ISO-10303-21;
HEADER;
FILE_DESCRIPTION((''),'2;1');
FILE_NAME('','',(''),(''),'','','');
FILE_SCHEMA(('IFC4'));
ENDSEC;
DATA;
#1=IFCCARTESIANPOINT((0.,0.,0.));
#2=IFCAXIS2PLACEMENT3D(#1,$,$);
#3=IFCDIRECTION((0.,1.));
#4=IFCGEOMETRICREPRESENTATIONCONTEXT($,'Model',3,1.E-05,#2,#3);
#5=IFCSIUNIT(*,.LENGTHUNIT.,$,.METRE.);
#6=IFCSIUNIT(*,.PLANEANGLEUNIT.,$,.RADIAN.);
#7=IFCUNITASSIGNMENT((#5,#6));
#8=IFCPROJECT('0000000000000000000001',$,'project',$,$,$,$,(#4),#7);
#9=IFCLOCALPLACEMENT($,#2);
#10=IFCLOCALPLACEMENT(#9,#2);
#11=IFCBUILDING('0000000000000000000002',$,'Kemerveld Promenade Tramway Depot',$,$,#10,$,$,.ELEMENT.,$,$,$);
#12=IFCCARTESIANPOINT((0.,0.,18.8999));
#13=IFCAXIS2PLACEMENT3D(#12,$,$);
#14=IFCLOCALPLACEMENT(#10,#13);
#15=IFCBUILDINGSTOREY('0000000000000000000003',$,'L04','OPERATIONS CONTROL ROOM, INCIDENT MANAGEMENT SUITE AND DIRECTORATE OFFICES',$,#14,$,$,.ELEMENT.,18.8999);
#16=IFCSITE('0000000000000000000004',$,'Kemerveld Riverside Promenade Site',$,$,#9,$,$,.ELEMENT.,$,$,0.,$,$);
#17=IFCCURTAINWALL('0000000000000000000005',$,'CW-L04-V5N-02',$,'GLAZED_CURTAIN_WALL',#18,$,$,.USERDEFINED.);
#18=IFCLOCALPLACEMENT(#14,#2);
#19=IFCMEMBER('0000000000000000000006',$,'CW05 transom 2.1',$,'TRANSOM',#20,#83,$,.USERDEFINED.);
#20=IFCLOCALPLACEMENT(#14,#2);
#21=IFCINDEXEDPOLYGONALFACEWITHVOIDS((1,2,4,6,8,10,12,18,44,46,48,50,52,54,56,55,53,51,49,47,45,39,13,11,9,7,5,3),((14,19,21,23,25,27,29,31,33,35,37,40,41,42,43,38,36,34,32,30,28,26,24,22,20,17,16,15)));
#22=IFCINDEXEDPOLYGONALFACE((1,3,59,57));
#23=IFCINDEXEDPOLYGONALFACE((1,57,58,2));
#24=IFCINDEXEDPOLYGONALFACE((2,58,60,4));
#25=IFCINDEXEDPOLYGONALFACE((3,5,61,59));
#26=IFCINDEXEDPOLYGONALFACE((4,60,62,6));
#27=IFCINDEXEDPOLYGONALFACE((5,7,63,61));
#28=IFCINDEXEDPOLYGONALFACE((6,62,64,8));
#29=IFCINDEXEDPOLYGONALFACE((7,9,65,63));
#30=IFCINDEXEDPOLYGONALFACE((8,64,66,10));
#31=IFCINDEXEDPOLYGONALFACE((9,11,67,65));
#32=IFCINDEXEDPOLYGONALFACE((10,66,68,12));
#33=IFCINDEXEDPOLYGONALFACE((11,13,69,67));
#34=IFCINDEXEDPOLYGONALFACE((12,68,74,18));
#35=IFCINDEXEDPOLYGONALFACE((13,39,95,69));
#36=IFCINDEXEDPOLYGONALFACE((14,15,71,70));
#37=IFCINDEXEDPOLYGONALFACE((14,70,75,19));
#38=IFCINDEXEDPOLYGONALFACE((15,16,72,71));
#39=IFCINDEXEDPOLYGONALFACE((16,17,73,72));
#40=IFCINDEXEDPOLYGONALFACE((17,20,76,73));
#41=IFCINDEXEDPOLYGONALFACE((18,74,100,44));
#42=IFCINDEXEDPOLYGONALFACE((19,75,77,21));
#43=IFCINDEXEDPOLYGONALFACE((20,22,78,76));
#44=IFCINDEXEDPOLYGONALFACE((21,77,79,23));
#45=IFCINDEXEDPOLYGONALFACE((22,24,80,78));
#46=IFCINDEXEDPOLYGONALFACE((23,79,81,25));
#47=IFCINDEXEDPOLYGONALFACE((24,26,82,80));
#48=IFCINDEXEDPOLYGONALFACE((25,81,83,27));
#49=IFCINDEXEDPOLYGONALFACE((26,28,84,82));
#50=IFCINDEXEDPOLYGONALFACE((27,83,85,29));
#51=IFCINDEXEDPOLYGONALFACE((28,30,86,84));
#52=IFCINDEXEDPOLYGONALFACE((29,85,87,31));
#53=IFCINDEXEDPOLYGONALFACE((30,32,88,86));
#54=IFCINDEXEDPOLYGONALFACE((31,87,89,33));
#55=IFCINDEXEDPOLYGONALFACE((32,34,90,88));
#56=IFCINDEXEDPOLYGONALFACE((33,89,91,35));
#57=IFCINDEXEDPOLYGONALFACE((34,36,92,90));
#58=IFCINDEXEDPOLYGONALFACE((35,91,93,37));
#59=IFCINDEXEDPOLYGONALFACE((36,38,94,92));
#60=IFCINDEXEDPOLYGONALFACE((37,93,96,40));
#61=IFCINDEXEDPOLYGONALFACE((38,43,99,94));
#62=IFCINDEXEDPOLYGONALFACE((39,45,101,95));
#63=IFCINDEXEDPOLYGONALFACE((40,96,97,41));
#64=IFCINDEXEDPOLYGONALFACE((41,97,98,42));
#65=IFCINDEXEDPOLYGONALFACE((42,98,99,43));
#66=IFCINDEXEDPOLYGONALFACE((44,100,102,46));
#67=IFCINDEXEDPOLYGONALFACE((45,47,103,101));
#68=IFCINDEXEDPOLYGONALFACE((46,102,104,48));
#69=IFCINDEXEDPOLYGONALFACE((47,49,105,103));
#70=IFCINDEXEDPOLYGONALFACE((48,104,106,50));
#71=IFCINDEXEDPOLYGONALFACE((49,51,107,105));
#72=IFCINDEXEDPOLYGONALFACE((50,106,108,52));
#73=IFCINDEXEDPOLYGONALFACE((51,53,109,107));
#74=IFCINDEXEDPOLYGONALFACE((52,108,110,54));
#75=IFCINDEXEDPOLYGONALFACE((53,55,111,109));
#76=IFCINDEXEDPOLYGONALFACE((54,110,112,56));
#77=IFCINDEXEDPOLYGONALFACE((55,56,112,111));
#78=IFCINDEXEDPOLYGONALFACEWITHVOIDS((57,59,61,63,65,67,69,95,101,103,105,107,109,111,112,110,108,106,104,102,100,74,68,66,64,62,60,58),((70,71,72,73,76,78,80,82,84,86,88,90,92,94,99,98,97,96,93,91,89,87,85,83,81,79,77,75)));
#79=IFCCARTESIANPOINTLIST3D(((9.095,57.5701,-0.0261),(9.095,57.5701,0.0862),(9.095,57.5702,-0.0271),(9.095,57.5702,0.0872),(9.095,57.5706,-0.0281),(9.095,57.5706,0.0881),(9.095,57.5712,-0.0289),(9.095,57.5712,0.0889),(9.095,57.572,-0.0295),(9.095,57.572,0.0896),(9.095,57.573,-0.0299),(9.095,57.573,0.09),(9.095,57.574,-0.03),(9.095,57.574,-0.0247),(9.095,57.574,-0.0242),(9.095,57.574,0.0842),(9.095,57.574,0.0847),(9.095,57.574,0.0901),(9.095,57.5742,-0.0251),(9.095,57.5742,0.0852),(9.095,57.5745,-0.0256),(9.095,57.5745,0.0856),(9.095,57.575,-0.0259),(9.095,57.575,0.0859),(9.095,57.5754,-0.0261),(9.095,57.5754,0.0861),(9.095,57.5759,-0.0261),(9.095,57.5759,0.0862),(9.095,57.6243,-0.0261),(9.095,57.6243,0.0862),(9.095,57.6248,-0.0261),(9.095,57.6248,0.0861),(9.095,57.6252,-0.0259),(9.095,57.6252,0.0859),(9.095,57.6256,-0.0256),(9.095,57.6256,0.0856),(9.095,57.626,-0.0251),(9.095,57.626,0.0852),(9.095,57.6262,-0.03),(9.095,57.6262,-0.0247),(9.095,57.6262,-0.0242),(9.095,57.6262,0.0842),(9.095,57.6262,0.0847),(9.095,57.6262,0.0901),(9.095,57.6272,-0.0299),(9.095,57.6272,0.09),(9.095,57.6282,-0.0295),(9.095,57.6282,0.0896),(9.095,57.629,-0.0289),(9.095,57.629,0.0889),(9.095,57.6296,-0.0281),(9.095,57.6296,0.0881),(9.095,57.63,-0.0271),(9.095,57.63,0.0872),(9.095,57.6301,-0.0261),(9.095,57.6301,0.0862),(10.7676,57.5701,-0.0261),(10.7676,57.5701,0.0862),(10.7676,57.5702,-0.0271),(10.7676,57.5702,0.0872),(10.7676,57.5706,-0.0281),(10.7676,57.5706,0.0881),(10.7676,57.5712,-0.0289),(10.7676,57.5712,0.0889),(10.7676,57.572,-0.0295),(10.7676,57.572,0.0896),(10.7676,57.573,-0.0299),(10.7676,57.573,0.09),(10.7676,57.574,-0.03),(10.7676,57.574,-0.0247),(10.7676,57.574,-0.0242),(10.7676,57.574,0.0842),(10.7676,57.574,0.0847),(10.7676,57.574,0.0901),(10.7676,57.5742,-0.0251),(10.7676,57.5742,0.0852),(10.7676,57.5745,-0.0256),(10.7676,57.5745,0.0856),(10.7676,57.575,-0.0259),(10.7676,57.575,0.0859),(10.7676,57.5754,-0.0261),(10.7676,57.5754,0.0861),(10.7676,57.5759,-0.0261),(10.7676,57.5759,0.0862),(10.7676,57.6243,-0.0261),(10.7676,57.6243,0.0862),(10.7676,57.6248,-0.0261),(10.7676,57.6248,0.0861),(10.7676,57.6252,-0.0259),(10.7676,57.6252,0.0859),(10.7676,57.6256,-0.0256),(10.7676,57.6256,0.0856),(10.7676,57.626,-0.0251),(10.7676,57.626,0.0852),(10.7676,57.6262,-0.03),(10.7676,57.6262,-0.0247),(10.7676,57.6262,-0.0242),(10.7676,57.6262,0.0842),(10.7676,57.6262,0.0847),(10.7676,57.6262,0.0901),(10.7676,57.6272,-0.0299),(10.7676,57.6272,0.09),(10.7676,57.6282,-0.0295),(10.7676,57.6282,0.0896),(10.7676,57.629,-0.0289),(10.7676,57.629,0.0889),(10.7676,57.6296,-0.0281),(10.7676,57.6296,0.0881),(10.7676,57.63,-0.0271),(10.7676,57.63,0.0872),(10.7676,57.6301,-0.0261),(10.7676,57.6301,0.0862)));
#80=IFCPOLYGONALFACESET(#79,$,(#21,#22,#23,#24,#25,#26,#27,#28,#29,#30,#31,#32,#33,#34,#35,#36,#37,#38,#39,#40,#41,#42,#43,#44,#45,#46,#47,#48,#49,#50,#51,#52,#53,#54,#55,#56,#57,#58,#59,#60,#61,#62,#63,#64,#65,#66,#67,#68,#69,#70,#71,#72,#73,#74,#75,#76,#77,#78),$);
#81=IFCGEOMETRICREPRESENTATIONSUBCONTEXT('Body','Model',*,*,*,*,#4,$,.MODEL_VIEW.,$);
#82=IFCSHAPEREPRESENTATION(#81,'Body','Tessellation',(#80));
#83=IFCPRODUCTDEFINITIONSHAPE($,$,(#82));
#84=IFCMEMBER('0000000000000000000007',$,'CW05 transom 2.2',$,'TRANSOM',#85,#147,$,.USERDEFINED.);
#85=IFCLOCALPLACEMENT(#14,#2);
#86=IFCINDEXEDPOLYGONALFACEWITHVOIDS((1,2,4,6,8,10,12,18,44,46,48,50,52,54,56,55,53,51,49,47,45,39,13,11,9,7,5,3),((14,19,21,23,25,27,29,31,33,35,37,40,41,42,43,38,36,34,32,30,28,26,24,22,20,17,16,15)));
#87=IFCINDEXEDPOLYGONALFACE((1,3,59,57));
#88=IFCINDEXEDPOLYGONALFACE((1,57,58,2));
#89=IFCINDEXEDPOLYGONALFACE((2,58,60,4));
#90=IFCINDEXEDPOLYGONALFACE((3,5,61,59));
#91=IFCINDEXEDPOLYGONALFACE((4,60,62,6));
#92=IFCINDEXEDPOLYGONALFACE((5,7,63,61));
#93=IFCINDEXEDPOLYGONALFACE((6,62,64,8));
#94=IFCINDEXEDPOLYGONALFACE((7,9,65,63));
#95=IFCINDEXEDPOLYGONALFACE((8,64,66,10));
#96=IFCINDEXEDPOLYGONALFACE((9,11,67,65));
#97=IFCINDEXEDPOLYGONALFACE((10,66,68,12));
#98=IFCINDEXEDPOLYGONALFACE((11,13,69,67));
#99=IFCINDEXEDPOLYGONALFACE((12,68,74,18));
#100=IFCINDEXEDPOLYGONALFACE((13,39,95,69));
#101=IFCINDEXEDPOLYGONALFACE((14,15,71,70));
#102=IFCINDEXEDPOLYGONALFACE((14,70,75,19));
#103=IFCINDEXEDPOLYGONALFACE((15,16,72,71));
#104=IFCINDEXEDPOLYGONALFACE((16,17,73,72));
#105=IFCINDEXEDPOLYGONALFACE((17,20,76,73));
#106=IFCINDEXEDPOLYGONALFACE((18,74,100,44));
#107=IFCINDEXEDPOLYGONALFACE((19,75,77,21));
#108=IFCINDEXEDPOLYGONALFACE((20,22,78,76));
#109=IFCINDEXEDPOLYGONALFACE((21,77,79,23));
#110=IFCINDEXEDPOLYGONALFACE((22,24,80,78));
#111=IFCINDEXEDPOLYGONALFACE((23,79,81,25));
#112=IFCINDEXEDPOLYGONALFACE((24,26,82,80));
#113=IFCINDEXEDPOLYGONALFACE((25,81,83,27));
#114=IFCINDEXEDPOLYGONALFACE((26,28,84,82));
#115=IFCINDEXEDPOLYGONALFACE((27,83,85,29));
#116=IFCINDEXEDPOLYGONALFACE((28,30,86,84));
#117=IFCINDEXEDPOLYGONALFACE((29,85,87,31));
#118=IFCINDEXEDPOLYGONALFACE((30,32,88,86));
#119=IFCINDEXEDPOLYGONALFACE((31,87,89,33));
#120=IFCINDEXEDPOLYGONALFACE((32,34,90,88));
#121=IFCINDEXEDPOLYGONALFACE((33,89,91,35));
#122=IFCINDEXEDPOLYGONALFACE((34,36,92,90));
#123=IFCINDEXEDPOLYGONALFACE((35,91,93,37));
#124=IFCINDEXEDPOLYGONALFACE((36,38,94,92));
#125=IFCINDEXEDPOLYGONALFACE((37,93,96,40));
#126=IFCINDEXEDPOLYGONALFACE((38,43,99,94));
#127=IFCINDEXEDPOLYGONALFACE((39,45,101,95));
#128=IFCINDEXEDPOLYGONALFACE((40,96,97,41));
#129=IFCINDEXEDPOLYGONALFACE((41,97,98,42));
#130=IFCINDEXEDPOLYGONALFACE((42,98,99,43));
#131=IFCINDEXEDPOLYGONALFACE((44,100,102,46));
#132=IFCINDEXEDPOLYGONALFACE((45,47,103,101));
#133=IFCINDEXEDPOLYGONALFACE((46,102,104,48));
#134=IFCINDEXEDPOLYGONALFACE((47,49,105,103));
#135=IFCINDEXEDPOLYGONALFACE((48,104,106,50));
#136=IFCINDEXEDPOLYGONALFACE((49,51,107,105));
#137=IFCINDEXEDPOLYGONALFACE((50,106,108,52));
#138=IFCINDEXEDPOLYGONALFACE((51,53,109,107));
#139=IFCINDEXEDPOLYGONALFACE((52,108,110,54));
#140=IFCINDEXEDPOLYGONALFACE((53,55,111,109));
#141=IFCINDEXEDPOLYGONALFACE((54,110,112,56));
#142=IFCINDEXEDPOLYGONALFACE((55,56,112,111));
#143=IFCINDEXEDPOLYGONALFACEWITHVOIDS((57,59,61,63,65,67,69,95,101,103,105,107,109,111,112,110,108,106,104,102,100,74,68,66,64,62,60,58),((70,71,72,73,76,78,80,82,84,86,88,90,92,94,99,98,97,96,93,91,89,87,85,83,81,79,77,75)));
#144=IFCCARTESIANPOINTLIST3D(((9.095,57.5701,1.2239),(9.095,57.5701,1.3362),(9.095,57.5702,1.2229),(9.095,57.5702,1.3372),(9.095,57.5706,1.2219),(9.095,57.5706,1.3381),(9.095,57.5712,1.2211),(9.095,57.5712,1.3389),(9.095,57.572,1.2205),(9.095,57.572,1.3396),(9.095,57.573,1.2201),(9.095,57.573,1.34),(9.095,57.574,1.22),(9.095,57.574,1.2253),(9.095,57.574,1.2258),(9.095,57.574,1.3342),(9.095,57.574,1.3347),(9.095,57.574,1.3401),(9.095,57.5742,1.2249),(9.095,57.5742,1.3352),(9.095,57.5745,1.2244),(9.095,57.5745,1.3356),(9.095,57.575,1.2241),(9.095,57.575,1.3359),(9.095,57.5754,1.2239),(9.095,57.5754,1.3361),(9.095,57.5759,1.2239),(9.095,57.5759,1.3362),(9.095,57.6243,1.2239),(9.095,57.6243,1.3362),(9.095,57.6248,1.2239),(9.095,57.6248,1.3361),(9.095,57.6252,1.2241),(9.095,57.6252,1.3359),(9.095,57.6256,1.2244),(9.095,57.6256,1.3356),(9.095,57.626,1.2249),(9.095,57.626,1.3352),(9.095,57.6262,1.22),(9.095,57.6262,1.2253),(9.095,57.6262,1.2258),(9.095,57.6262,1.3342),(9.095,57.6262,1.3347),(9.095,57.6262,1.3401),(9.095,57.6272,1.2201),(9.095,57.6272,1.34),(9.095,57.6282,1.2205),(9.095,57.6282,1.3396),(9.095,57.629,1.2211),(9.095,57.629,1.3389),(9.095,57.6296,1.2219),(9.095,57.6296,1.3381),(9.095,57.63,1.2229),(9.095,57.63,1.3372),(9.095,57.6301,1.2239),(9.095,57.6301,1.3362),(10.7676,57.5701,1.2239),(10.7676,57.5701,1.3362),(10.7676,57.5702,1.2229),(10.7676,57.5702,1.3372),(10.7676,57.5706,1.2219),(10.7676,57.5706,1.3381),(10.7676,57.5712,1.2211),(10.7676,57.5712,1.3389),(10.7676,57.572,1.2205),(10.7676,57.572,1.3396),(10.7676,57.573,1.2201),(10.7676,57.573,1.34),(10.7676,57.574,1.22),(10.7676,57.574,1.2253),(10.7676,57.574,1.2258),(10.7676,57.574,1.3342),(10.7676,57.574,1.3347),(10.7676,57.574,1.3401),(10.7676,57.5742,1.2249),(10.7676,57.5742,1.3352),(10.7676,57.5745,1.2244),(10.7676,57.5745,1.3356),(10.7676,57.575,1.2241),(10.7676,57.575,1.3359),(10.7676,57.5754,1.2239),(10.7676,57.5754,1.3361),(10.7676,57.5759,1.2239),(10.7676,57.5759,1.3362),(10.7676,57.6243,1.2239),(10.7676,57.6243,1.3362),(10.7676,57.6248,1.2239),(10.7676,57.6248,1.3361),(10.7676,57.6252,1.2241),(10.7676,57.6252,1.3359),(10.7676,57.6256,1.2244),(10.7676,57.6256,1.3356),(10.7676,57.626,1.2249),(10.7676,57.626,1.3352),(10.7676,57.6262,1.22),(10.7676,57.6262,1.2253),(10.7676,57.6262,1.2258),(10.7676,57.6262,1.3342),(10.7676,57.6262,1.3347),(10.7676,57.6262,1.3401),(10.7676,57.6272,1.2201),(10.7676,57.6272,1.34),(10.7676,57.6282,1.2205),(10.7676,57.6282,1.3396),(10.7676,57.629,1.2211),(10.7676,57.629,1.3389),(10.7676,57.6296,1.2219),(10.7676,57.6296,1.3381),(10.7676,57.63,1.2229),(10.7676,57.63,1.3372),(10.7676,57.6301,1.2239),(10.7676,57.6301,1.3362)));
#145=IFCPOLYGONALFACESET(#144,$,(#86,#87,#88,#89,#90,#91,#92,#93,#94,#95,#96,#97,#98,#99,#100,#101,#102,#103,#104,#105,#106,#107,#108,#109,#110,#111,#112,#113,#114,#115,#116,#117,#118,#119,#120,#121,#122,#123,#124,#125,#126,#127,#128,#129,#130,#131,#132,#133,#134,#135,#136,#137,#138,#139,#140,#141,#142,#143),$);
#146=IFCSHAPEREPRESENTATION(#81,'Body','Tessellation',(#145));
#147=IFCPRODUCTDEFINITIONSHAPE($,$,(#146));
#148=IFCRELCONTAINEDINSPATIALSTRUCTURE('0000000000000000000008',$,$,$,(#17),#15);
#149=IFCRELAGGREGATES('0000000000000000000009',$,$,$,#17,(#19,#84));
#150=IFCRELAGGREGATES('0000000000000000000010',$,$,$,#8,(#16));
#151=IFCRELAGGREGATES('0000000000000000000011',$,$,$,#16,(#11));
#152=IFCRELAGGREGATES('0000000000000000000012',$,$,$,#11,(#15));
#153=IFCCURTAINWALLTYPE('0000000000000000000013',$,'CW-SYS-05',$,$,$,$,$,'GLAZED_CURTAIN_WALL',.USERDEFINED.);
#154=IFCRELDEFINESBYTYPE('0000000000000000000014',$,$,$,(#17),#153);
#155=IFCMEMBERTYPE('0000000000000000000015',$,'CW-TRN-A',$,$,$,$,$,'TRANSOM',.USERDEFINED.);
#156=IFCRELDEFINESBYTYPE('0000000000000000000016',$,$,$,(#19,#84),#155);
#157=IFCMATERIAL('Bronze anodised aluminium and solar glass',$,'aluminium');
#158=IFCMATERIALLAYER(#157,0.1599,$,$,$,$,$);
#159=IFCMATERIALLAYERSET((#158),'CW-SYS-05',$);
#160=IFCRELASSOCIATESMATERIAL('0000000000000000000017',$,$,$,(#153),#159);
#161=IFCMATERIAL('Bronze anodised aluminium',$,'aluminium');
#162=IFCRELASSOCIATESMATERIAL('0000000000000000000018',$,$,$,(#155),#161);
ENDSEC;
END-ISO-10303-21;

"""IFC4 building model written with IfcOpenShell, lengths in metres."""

from ifc_helpers import new_model, si_unit, direction, frame, origin, origin_2d, place, context, subcontext, project, spatial, hollow_rectangle, extrude, material, layer, layer_set, material_profile, profile_set, type_object, element, aggregate, save


model = new_model("IFC4")

# Units and contexts
model_context = context("Model", 3, precision=1e-05, world=origin(), true_north=direction((0.0, 1.0)))
body_context = subcontext(model_context, "Body", "Model", "MODEL_VIEW")
ifc_project = project(units=[si_unit("LENGTHUNIT", "METRE"), si_unit("PLANEANGLEUNIT", "RADIAN")], contexts=[model_context])

# Site, building, storey
site_placement = place(None, origin())
site = spatial("IfcSite", under=ifc_project, at=site_placement, Name="Kemerveld Riverside Promenade Site", CompositionType="ELEMENT", RefElevation=0.0)
building_placement = place(site_placement, origin())
building = spatial("IfcBuilding", under=site, at=building_placement, Name="Kemerveld Promenade Tramway Depot", CompositionType="ELEMENT")
storey_placement = place(building_placement, frame((0.0, 0.0, 18.8999)))
storey = spatial("IfcBuildingStorey", under=building, at=storey_placement, Name="L04", Description="OPERATIONS CONTROL ROOM, INCIDENT MANAGEMENT SUITE AND DIRECTORATE OFFICES", CompositionType="ELEMENT", Elevation=18.8999)

# Curtain wall, members
ifc_material_1 = material(Name="Bronze anodised aluminium and solar glass", Category="aluminium")
ifc_layer_1 = layer(ifc_material_1, 0.1599)
ifc_layer_set_1 = layer_set([ifc_layer_1], Name="CW-SYS-05")
curtain_wall_type = type_object("IfcCurtainWallType", Name="CW-SYS-05", ElementType="GLAZED_CURTAIN_WALL", PredefinedType="USERDEFINED", material=ifc_layer_set_1)
curtain_wall_placement = place(storey_placement, origin())
curtain_wall = element("IfcCurtainWall", 1, at=curtain_wall_placement, inside=storey, type_object=curtain_wall_type, Name="CW-L04-V5N-02", ObjectType="GLAZED_CURTAIN_WALL", PredefinedType="USERDEFINED")
ifc_material_2 = material(Name="Bronze anodised aluminium", Category="aluminium")
ifc_material_profile_1 = material_profile(ifc_material_2, hollow_rectangle(XDim=0.0601, YDim=0.1201, WallThickness=0.0039, InnerFilletRadius=0.002, OuterFilletRadius=0.0039, at=origin_2d()), Name="CW-TRN-120x60")
ifc_profile_set_1 = profile_set([ifc_material_profile_1], Name="Bronze anodised aluminium")
member_type_1 = type_object("IfcMemberType", Name="CW-TRN-A", ElementType="TRANSOM", PredefinedType="USERDEFINED", material=ifc_profile_set_1)
member_1_placement = place(storey_placement, frame((9.095, 57.6001, 0.03), z_axis=(1.0, 0.0, 0.0), x_axis=(0.0, 1.0, 0.0)))
member_1 = element("IfcMember", 2, at=member_1_placement, type_object=member_type_1, Name="CW05 transom 2.1", ObjectType="TRANSOM", PredefinedType="USERDEFINED", context=body_context, shape_type="SweptSolid", body=[
    extrude(hollow_rectangle(XDim=0.0601, YDim=0.1201, WallThickness=0.0039, InnerFilletRadius=0.002, OuterFilletRadius=0.0039, at=origin_2d()), origin(), (0.0, 0.0, 1.0), 1.6726),
])
member_2_placement = place(storey_placement, frame((9.095, 57.6001, 1.28), z_axis=(1.0, 0.0, 0.0), x_axis=(0.0, 1.0, 0.0)))
member_2 = element("IfcMember", 3, at=member_2_placement, type_object=member_type_1, Name="CW05 transom 2.2", ObjectType="TRANSOM", PredefinedType="USERDEFINED", context=body_context, shape_type="SweptSolid", body=[
    extrude(hollow_rectangle(XDim=0.0601, YDim=0.1201, WallThickness=0.0039, InnerFilletRadius=0.002, OuterFilletRadius=0.0039, at=origin_2d()), origin(), (0.0, 0.0, 1.0), 1.6726),
])

aggregate(curtain_wall, [member_1, member_2])

save(model, "model.ifc")
